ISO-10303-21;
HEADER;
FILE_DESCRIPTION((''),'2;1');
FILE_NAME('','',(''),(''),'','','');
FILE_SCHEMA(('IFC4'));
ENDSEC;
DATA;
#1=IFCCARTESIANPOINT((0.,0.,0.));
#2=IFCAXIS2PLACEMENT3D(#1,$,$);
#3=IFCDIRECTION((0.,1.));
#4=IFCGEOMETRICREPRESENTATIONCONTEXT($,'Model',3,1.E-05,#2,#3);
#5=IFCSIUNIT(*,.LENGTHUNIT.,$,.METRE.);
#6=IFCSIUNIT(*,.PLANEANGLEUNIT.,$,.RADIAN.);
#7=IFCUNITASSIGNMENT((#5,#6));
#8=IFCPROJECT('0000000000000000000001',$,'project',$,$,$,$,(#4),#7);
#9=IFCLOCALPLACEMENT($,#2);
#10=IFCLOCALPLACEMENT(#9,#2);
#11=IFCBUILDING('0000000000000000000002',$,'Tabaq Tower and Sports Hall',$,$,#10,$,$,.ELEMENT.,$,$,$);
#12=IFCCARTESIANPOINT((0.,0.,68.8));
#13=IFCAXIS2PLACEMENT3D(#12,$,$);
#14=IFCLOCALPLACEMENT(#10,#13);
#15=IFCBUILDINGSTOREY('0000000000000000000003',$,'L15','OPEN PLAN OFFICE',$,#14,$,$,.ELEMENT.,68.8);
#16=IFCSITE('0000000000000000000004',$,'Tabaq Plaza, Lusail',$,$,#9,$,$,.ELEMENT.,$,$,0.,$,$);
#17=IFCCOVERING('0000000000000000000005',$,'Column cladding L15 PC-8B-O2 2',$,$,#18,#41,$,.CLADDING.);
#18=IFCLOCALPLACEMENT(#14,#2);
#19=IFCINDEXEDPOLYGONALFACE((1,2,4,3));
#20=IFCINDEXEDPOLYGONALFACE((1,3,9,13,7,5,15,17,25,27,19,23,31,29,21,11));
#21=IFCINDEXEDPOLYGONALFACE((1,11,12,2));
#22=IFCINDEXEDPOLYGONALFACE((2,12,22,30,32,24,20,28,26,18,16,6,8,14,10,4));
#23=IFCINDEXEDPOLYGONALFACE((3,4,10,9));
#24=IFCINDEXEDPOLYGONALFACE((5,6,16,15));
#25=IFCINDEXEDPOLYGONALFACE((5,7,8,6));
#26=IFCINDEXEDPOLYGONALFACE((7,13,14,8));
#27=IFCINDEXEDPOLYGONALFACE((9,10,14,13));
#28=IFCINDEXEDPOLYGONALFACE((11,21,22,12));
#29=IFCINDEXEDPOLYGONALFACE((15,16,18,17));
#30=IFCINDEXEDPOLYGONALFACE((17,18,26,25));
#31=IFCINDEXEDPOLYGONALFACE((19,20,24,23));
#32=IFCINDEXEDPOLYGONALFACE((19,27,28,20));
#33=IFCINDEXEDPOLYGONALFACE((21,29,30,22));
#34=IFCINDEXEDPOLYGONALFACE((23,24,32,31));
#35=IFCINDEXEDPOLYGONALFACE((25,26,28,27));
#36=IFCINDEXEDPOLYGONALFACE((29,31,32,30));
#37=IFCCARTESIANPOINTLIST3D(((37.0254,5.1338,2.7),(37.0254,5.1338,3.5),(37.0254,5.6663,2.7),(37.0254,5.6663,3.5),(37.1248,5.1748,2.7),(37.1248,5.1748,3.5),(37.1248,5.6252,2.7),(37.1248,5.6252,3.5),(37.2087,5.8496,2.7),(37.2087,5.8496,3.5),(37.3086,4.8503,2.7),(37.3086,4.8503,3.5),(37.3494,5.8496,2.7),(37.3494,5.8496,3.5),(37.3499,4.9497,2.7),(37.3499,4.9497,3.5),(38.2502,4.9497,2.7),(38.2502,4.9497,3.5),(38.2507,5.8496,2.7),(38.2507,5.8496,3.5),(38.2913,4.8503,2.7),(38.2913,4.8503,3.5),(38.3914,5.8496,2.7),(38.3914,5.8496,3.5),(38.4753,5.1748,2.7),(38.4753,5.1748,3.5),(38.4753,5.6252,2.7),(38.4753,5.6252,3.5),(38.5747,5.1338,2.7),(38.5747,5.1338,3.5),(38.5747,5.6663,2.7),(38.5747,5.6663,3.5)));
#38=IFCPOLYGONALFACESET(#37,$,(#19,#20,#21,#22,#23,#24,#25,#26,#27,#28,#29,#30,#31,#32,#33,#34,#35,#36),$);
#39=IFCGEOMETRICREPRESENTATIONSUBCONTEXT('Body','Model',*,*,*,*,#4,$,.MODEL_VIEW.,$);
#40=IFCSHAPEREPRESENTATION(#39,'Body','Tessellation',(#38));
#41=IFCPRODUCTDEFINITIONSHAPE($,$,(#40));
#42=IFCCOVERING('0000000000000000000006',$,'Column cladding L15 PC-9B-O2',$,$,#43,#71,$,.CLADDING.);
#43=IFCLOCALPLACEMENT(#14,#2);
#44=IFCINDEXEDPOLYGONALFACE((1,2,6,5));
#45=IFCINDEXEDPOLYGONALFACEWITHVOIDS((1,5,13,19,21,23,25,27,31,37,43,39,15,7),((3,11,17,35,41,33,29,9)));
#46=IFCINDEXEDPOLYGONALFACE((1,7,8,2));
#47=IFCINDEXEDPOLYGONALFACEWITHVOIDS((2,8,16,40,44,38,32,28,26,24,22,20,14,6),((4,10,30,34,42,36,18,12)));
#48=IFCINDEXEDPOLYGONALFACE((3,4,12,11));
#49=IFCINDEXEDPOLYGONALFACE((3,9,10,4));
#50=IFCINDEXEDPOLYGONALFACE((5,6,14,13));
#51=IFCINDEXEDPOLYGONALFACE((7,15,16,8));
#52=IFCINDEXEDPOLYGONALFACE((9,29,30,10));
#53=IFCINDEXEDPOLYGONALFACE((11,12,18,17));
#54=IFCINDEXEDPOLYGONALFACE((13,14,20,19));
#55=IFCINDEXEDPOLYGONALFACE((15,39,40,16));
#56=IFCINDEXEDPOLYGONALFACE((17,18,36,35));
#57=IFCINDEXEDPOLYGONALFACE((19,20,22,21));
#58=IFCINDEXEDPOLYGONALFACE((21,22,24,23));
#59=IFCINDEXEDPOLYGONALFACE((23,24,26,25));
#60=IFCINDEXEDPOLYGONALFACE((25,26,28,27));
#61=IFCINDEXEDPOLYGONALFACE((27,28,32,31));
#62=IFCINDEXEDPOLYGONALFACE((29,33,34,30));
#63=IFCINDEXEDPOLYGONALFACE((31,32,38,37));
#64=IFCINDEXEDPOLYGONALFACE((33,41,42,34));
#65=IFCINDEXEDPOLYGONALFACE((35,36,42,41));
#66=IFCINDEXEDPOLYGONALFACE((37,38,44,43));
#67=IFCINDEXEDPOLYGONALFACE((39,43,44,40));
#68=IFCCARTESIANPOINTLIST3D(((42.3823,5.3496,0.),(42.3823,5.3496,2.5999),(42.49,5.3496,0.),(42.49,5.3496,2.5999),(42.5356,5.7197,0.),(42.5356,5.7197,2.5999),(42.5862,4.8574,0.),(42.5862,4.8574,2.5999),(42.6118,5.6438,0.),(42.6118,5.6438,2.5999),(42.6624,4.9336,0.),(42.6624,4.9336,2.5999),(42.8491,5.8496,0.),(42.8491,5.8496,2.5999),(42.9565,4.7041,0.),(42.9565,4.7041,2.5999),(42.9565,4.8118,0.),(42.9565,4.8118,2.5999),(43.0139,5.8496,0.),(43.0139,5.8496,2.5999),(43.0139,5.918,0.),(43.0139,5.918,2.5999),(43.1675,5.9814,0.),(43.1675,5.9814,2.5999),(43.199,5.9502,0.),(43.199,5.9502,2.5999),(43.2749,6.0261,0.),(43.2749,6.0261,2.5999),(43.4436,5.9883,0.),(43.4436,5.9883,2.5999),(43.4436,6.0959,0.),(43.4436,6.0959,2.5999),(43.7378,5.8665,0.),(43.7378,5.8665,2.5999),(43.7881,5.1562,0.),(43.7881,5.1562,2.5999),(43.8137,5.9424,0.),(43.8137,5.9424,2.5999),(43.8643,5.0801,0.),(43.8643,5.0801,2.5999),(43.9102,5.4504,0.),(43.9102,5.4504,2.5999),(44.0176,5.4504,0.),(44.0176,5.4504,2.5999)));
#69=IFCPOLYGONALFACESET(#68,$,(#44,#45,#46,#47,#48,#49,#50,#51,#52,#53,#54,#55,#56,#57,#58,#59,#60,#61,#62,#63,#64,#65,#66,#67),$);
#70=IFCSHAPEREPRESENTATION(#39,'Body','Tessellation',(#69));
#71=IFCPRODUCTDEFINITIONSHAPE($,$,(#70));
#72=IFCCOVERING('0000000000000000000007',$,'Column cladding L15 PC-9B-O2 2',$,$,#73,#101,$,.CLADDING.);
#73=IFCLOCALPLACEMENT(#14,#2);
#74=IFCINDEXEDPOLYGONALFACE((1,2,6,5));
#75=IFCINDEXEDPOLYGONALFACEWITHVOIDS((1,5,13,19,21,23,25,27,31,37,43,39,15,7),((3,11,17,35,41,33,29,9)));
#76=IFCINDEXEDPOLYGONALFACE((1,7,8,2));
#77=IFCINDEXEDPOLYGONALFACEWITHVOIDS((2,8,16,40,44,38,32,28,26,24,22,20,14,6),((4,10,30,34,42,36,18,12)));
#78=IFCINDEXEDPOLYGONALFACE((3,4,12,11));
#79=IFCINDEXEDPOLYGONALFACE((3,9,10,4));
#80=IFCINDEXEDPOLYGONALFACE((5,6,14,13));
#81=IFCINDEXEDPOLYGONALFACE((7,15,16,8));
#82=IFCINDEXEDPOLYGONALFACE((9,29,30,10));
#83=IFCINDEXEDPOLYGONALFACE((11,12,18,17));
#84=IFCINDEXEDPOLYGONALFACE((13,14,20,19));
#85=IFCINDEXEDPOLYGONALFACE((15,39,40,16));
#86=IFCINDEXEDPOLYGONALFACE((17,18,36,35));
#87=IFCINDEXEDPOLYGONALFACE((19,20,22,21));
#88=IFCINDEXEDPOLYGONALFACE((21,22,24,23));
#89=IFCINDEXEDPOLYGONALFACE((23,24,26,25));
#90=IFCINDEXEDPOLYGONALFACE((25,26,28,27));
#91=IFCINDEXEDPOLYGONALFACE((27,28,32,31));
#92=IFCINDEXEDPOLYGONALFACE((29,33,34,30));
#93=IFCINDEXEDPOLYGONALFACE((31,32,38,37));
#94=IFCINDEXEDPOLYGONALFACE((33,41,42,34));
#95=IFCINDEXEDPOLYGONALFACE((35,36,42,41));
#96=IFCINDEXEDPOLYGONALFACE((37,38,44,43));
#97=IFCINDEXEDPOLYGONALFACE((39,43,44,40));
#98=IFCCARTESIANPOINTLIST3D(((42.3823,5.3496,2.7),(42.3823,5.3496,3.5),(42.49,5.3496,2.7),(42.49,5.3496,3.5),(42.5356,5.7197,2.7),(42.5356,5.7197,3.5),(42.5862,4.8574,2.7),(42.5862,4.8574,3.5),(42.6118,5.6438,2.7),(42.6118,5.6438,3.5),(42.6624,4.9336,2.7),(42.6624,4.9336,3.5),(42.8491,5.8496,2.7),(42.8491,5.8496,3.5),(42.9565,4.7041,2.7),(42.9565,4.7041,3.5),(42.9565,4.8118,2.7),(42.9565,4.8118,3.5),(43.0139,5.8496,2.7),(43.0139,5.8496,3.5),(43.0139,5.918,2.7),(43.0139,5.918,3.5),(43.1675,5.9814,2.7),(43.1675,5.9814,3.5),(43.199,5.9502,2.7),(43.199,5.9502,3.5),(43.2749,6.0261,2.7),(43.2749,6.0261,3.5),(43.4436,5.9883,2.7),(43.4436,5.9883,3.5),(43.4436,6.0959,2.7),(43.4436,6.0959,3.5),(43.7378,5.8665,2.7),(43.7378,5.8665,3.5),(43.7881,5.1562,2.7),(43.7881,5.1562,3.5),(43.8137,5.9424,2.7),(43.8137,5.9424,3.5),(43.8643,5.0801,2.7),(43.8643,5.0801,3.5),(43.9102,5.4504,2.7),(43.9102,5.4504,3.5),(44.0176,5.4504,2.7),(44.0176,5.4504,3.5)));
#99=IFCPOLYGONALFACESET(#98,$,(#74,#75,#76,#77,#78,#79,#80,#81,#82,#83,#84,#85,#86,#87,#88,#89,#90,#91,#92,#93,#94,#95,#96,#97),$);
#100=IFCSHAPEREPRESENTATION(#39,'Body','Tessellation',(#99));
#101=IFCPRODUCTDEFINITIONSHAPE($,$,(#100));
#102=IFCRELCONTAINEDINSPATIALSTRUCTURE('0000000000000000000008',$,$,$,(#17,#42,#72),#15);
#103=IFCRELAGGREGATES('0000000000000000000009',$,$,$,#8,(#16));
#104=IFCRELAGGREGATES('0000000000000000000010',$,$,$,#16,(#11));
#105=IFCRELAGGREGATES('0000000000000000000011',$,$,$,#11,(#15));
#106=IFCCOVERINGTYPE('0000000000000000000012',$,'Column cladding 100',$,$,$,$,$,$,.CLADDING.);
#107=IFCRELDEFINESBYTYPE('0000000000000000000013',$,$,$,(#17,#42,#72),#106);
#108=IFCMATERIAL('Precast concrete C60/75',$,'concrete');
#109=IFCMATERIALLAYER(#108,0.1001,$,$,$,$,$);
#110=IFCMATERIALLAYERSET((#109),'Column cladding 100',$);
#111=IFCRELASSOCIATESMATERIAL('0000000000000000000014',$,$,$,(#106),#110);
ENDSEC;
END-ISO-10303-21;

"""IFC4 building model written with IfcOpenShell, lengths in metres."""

from ifc_helpers import new_model, si_unit, direction, frame, origin, place, context, subcontext, project, spatial, polyline, outline, extrude, material, layer, layer_set, type_object, element, save


model = new_model("IFC4")

# Units and contexts
model_context = context("Model", 3, precision=1e-05, world=origin(), true_north=direction((0.0, 1.0)))
body_context = subcontext(model_context, "Body", "Model", "MODEL_VIEW")
ifc_project = project(units=[si_unit("LENGTHUNIT", "METRE"), si_unit("PLANEANGLEUNIT", "RADIAN")], contexts=[model_context])

# Site, building, storey
site_placement = place(None, origin())
site = spatial("IfcSite", under=ifc_project, at=site_placement, Name="Tabaq Plaza, Lusail", CompositionType="ELEMENT", RefElevation=0.0)
building_placement = place(site_placement, origin())
building = spatial("IfcBuilding", under=site, at=building_placement, Name="Tabaq Tower and Sports Hall", CompositionType="ELEMENT")
storey_placement = place(building_placement, frame((0.0, 0.0, 68.8)))
storey = spatial("IfcBuildingStorey", under=building, at=storey_placement, Name="L15", Description="OPEN PLAN OFFICE", CompositionType="ELEMENT", Elevation=68.8)

# Coverings
ifc_material_1 = material(Name="Precast concrete C60/75", Category="concrete")
ifc_layer_1 = layer(ifc_material_1, 0.1001)
ifc_layer_set_1 = layer_set([ifc_layer_1], Name="Column cladding 100")
covering_type = type_object("IfcCoveringType", Name="Column cladding 100", PredefinedType="CLADDING", material=ifc_layer_set_1)
covering_1_placement = place(storey_placement, frame((0.0, 0.0, 2.7)))
element("IfcCovering", 1, at=covering_1_placement, inside=storey, type_object=covering_type, Name="Column cladding L15 PC-8B-O2 2", PredefinedType="CLADDING", context=body_context, shape_type="SweptSolid", body=[
    extrude(outline(polyline([(37.0254, 5.6663), (37.2087, 5.8496), (37.3494, 5.8496), (37.1248, 5.6252), (37.1248, 5.1748), (37.3499, 4.9497), (38.2502, 4.9497), (38.4753, 5.1748), (38.4753, 5.6252), (38.2507, 5.8496), (38.3914, 5.8496), (38.5747, 5.6663), (38.5747, 5.1338), (38.2913, 4.8503), (37.3086, 4.8503), (37.0254, 5.1338), (37.0254, 5.6663)])), origin(), (0.0, 0.0, 1.0), 0.8),
])
covering_2_placement = place(storey_placement, origin())
element("IfcCovering", 2, at=covering_2_placement, inside=storey, type_object=covering_type, Name="Column cladding L15 PC-9B-O2", PredefinedType="CLADDING", context=body_context, shape_type="SweptSolid", body=[
    extrude(outline(polyline([(42.3823, 5.3496), (42.5356, 5.7197), (42.8491, 5.8496), (43.0139, 5.8496), (43.0139, 5.918), (43.1675, 5.9814), (43.199, 5.9502), (43.2749, 6.0261), (43.4436, 6.0959), (43.8137, 5.9424), (44.0176, 5.4504), (43.8643, 5.0801), (42.9565, 4.7041), (42.5862, 4.8574), (42.3823, 5.3496)]), holes=[polyline([(43.9102, 5.4504), (43.7378, 5.8665), (43.4436, 5.9883), (42.6118, 5.6438), (42.49, 5.3496), (42.6624, 4.9336), (42.9565, 4.8118), (43.7881, 5.1562), (43.9102, 5.4504)])]), origin(), (0.0, 0.0, 1.0), 2.5999),
])
covering_3_placement = place(storey_placement, frame((0.0, 0.0, 2.7)))
element("IfcCovering", 3, at=covering_3_placement, inside=storey, type_object=covering_type, Name="Column cladding L15 PC-9B-O2 2", PredefinedType="CLADDING", context=body_context, shape_type="SweptSolid", body=[
    extrude(outline(polyline([(42.3823, 5.3496), (42.5356, 5.7197), (42.8491, 5.8496), (43.0139, 5.8496), (43.0139, 5.918), (43.1675, 5.9814), (43.199, 5.9502), (43.2749, 6.0261), (43.4436, 6.0959), (43.8137, 5.9424), (44.0176, 5.4504), (43.8643, 5.0801), (42.9565, 4.7041), (42.5862, 4.8574), (42.3823, 5.3496)]), holes=[polyline([(43.9102, 5.4504), (43.7378, 5.8665), (43.4436, 5.9883), (42.6118, 5.6438), (42.49, 5.3496), (42.6624, 4.9336), (42.9565, 4.8118), (43.7881, 5.1562), (43.9102, 5.4504)])]), origin(), (0.0, 0.0, 1.0), 0.8),
])

save(model, "model.ifc")
